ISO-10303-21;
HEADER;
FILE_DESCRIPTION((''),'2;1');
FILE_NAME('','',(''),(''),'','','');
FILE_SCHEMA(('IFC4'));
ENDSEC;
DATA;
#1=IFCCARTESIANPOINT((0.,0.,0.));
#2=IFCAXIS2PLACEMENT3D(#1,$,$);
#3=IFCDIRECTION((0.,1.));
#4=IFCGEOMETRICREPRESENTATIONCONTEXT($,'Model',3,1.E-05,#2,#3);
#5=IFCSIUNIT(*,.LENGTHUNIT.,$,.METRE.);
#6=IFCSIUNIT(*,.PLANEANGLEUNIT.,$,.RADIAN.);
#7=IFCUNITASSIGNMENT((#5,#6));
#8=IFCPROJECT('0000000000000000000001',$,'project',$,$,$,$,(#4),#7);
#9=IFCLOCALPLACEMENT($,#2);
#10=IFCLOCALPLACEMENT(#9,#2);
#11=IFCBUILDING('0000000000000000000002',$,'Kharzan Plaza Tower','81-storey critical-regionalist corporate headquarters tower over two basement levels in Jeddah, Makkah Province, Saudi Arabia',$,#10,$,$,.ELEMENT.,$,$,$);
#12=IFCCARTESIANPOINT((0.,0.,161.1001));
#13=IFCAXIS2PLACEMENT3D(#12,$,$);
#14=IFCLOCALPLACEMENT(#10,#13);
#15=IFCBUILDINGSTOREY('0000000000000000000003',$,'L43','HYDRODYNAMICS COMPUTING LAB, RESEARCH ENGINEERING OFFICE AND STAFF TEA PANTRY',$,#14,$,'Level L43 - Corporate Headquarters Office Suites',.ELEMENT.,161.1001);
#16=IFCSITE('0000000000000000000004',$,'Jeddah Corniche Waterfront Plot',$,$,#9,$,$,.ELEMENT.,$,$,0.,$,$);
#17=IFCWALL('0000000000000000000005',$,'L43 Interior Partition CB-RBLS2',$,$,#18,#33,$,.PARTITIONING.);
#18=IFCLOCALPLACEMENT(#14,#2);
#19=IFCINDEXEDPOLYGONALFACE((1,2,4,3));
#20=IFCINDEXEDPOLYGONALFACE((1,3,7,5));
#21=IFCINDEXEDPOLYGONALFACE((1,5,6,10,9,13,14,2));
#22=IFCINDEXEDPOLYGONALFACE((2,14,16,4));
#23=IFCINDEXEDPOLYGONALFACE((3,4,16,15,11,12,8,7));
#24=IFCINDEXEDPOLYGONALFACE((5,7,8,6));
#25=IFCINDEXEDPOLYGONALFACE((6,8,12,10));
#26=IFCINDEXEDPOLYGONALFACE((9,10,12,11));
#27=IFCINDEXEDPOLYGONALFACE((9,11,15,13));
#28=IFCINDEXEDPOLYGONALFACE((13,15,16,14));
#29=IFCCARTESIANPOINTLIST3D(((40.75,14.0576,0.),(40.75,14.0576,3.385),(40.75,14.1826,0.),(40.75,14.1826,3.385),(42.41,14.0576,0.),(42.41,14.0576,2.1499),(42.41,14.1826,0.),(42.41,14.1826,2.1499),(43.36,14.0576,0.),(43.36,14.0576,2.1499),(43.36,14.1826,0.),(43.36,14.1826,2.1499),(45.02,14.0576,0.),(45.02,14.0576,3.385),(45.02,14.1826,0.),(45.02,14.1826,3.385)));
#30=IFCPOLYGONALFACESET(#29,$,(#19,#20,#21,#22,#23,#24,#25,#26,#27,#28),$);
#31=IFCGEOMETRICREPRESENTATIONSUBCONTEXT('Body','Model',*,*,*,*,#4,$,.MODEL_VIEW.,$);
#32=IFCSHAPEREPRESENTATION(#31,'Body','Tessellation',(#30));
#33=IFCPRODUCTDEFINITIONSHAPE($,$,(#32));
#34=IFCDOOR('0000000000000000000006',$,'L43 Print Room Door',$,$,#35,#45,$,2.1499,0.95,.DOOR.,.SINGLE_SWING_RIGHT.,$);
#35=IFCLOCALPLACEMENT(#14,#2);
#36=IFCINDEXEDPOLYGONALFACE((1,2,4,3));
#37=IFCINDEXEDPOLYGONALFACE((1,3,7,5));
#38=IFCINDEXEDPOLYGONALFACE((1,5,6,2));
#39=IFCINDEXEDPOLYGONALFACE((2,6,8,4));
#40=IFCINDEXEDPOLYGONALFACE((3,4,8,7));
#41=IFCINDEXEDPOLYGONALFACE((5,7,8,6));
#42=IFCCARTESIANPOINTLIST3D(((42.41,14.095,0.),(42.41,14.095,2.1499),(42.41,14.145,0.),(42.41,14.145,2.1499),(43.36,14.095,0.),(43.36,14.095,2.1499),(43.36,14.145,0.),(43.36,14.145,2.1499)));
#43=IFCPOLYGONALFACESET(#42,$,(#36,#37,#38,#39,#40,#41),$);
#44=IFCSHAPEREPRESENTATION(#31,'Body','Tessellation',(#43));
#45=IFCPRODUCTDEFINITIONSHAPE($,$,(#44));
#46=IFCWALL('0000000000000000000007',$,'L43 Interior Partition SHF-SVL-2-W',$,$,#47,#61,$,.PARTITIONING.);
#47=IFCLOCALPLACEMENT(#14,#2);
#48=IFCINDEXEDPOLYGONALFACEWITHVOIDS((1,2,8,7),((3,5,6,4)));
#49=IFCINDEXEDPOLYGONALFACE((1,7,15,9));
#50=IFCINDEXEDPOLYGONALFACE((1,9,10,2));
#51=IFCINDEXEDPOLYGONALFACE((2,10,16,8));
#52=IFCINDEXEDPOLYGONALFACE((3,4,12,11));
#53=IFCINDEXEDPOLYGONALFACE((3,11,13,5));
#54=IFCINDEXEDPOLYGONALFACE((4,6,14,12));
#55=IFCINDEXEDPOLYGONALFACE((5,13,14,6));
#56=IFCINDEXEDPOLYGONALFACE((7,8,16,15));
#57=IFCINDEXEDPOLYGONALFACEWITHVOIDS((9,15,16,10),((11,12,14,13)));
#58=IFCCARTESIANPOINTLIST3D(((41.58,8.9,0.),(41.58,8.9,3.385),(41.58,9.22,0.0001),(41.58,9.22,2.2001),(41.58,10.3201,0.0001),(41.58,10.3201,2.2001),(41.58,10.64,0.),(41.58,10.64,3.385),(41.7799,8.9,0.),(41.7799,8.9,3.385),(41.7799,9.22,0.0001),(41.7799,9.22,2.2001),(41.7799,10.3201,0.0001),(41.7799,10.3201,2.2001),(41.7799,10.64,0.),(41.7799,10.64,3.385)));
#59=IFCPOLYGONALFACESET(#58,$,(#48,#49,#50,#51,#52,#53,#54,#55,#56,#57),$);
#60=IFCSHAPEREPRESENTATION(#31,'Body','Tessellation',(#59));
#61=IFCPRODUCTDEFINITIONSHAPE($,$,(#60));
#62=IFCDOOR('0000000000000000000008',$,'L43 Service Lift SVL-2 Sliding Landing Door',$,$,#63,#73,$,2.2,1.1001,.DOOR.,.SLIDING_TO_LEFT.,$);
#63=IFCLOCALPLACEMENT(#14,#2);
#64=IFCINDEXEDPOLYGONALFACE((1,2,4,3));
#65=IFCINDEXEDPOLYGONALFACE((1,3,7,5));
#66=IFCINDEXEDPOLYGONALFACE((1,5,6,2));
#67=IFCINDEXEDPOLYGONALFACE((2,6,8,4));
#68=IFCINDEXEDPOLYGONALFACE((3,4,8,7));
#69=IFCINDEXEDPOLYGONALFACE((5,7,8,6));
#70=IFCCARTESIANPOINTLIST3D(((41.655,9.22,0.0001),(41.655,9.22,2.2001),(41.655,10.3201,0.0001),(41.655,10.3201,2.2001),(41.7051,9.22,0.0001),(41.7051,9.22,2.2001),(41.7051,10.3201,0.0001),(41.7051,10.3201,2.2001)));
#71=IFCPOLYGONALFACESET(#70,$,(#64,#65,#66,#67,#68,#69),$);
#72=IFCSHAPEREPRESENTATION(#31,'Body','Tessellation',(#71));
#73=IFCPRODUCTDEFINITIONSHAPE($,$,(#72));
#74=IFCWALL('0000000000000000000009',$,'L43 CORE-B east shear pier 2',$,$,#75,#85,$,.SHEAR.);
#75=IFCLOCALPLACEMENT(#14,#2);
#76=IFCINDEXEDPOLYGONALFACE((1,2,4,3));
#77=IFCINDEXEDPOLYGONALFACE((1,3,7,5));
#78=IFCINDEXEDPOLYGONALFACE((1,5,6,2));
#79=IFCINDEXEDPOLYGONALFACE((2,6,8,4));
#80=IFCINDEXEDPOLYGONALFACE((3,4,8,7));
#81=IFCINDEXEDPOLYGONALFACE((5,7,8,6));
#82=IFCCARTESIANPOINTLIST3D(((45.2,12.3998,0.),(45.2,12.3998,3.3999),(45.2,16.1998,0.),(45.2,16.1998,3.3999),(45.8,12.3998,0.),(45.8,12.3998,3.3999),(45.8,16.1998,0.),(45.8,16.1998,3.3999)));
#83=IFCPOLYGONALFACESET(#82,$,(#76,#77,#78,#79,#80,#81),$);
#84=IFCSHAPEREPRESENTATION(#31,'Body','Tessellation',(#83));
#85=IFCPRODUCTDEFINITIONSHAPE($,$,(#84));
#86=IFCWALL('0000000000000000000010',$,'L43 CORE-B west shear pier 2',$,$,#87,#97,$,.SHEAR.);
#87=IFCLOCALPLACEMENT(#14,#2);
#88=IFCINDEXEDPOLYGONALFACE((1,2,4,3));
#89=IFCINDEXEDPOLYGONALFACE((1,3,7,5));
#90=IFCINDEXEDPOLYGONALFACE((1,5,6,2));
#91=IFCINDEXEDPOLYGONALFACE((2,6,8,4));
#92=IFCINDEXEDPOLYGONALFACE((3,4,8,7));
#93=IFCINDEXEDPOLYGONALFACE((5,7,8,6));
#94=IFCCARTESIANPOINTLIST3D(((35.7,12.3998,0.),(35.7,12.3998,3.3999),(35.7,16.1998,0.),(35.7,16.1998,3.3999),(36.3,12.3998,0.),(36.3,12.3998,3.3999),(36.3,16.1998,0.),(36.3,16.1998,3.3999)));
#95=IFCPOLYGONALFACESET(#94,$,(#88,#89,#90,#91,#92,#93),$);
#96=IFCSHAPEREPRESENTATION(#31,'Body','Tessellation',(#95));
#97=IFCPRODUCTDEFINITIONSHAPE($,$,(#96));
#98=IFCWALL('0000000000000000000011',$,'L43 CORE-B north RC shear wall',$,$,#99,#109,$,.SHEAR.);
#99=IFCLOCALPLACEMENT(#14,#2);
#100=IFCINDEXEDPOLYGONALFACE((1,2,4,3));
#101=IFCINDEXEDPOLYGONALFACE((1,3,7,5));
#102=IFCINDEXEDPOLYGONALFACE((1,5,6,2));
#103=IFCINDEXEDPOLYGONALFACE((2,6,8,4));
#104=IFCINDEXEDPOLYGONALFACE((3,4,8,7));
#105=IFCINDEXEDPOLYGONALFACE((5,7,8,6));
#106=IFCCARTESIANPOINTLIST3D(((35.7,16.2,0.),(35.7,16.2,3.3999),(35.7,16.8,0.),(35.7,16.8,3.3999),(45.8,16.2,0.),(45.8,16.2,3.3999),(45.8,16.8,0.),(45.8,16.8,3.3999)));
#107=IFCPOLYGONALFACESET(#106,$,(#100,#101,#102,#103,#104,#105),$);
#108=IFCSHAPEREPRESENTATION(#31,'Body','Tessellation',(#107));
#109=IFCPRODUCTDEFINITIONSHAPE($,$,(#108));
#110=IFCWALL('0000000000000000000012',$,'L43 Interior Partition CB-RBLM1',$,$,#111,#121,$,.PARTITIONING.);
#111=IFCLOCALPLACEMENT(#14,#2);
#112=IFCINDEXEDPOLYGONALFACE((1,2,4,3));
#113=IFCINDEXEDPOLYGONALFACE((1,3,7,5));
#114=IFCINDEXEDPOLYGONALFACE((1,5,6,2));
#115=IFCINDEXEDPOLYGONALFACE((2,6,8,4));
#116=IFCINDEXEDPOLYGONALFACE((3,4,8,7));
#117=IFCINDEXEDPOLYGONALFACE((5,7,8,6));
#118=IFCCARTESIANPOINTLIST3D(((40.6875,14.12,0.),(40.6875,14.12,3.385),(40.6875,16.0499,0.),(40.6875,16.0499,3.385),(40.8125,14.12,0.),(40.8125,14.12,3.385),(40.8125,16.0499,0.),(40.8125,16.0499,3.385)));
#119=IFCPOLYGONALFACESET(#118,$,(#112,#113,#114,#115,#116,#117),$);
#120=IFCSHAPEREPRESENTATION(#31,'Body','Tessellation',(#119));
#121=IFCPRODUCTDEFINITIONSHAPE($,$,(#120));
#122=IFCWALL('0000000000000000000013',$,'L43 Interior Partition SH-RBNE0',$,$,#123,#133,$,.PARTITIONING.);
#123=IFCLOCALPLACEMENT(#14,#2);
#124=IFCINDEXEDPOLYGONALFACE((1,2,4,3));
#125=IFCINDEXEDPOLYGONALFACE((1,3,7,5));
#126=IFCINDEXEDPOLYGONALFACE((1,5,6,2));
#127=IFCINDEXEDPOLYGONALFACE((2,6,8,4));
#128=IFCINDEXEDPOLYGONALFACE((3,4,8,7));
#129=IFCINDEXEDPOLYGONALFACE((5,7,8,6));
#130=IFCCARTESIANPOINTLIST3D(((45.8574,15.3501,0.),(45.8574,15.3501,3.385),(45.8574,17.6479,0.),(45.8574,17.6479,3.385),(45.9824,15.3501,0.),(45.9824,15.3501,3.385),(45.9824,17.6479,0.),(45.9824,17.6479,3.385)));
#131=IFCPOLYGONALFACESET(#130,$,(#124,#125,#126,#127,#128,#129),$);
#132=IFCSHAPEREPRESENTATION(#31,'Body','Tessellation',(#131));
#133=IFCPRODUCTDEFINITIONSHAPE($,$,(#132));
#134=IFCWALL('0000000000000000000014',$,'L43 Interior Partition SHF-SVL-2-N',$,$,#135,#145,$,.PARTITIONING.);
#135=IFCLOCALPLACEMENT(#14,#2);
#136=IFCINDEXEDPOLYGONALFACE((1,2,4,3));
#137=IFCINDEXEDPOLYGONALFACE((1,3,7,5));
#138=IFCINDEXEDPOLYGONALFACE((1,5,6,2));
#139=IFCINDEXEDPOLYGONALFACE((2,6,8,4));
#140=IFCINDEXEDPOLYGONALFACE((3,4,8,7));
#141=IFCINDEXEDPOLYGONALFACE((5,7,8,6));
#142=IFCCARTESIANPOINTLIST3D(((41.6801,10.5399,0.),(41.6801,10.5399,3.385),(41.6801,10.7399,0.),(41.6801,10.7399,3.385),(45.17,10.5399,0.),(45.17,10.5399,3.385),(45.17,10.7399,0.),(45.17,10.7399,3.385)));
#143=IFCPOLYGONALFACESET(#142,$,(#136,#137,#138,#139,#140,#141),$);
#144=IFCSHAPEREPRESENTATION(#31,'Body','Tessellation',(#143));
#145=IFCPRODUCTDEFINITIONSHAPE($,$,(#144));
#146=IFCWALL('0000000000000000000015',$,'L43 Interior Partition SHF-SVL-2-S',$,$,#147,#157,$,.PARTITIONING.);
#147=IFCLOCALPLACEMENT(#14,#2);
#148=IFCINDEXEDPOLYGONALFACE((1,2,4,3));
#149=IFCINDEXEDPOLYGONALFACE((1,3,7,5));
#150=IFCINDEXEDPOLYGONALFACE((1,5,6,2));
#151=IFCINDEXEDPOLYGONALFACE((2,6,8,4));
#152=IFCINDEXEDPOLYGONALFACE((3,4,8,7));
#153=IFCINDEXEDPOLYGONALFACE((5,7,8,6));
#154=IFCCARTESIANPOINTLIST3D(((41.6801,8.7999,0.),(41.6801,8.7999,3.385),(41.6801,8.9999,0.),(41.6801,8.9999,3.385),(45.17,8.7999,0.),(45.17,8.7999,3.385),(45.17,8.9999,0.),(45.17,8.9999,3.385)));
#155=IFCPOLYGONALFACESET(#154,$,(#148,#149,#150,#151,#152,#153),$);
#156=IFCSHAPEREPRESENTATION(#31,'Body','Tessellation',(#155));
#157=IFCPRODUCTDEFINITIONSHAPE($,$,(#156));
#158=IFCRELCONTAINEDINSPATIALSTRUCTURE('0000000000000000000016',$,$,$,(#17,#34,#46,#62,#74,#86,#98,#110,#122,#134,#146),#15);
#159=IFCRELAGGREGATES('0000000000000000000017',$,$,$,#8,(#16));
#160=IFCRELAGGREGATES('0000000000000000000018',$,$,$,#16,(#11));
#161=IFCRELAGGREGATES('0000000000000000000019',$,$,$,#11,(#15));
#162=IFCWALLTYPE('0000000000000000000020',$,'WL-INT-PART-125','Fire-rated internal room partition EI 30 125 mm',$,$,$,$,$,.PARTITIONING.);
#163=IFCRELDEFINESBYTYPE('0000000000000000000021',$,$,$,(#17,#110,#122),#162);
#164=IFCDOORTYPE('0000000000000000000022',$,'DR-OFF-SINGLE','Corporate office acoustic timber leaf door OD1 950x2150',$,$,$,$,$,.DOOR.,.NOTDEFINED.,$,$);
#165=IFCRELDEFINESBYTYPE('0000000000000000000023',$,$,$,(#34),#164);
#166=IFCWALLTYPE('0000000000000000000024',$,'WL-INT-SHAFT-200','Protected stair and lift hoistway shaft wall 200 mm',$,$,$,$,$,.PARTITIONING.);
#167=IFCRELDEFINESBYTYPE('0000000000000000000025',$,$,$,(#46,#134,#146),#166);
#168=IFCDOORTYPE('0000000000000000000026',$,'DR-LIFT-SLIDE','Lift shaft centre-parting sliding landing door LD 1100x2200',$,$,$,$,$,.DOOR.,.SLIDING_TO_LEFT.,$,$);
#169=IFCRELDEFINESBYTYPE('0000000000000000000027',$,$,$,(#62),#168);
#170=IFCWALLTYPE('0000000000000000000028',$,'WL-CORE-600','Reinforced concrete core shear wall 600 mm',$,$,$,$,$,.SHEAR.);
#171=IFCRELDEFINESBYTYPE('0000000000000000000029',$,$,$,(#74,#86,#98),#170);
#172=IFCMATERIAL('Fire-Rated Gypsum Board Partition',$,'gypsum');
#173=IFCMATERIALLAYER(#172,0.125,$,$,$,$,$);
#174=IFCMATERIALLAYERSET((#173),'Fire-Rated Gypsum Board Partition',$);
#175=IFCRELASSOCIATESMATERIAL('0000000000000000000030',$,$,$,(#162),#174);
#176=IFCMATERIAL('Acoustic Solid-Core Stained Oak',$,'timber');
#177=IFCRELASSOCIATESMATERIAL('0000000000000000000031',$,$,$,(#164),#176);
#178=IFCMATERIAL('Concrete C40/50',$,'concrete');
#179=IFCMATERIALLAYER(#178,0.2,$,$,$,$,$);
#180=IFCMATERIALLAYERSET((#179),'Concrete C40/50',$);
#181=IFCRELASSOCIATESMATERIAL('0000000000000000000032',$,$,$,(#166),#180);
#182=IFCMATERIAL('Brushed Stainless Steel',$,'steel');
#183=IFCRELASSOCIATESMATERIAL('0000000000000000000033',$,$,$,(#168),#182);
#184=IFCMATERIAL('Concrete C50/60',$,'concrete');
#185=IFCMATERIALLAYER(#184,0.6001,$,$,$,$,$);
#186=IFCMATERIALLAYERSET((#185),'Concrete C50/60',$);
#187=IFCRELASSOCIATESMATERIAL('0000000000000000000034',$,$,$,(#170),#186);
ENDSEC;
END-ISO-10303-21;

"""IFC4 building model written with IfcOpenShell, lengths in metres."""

from ifc_helpers import new_model, si_unit, direction, frame, frame_2d, origin, place, context, subcontext, project, spatial, rectangle, extrude, source, transform, mapped, material, layer, layer_set, type_object, element, fill, save


model = new_model("IFC4")

# Units and contexts
model_context = context("Model", 3, precision=1e-05, world=origin(), true_north=direction((0.0, 1.0)))
body_context = subcontext(model_context, "Body", "Model", "MODEL_VIEW")
ifc_project = project(units=[si_unit("LENGTHUNIT", "METRE"), si_unit("PLANEANGLEUNIT", "RADIAN")], contexts=[model_context])

# Site, building, storey
site_placement = place(None, origin())
site = spatial("IfcSite", under=ifc_project, at=site_placement, Name="Jeddah Corniche Waterfront Plot", CompositionType="ELEMENT", RefElevation=0.0)
building_placement = place(site_placement, origin())
building = spatial("IfcBuilding", under=site, at=building_placement, Name="Kharzan Plaza Tower", Description="81-storey critical-regionalist corporate headquarters tower over two basement levels in Jeddah, Makkah Province, Saudi Arabia", CompositionType="ELEMENT")
storey_placement = place(building_placement, frame((0.0, 0.0, 161.1001)))
storey = spatial("IfcBuildingStorey", under=building, at=storey_placement, Name="L43", Description="HYDRODYNAMICS COMPUTING LAB, RESEARCH ENGINEERING OFFICE AND STAFF TEA PANTRY", LongName="Level L43 - Corporate Headquarters Office Suites", CompositionType="ELEMENT", Elevation=161.1001)

# Shared definitions
ifc_material_1 = material(Name="Concrete C50/60", Category="concrete")

# Shared definitions
ifc_material_2 = material(Name="Concrete C40/50", Category="concrete")

# Walls, openings, doors
ifc_material_3 = material(Name="Fire-Rated Gypsum Board Partition", Category="gypsum")
ifc_layer_1 = layer(ifc_material_3, 0.125)
ifc_layer_set_1 = layer_set([ifc_layer_1], Name="Fire-Rated Gypsum Board Partition")
wall_type_1 = type_object("IfcWallType", Name="WL-INT-PART-125", Description="Fire-rated internal room partition EI 30 125 mm", PredefinedType="PARTITIONING", material=ifc_layer_set_1)
wall_1_placement = place(storey_placement, frame((40.75, 14.1201, 0.0), z_axis=(0.0, 0.0, 1.0), x_axis=(1.0, 0.0, 0.0)))
wall_1 = element("IfcWall", 1, at=wall_1_placement, inside=storey, type_object=wall_type_1, Name="L43 Interior Partition CB-RBLS2", PredefinedType="PARTITIONING", context=body_context, shape_type="SweptSolid", body=[
    extrude(rectangle(XDim=4.27, YDim=0.125, at=frame_2d((2.135, 0.0))), origin(), (0.0, 0.0, 1.0), 3.385),
])
opening_1_placement = place(wall_1_placement, frame((1.6599, 0.0, 0.0)))
opening_1 = element("IfcOpeningElement", 2, at=opening_1_placement, cuts=wall_1, PredefinedType="OPENING", context=body_context, shape_type="SweptSolid", body=[
    extrude(rectangle(XDim=0.95, YDim=2.1499, at=frame_2d((0.4751, 1.075))), frame((0.0, 0.0725, 0.0), z_axis=(0.0, -1.0, 0.0), x_axis=(1.0, 0.0, 0.0)), (0.0, 0.0, 1.0), 0.145),
])
ifc_material_4 = material(Name="Acoustic Solid-Core Stained Oak", Category="timber")
door_type_1 = type_object("IfcDoorType", Name="DR-OFF-SINGLE", Description="Corporate office acoustic timber leaf door OD1 950x2150", OperationType="NOTDEFINED", PredefinedType="DOOR", material=ifc_material_4)
shared_shape_1 = source(origin(), body_context, "Body", "SweptSolid", [
    extrude(rectangle(XDim=0.95, YDim=2.1499, at=frame_2d((0.4751, 1.075))), frame((0.0, 0.0249, 0.0), z_axis=(0.0, -1.0, 0.0), x_axis=(1.0, 0.0, 0.0)), (0.0, 0.0, 1.0), 0.05),
])
door_1_placement = place(opening_1_placement, origin())
door_1 = element("IfcDoor", 3, at=door_1_placement, inside=storey, type_object=door_type_1, Name="L43 Print Room Door", OperationType="SINGLE_SWING_RIGHT", OverallHeight=2.1499, OverallWidth=0.95, PredefinedType="DOOR", context=body_context, shape_type="MappedRepresentation", body=[
    mapped(shared_shape_1, transform((0.0, 0.0, 0.0), x_axis=(1.0, 0.0, 0.0), y_axis=(0.0, 1.0, 0.0), z_axis=(0.0, 0.0, 1.0))),
])
fill(opening_1, door_1)
ifc_layer_2 = layer(ifc_material_2, 0.2)
ifc_layer_set_2 = layer_set([ifc_layer_2], Name="Concrete C40/50")
wall_type_2 = type_object("IfcWallType", Name="WL-INT-SHAFT-200", Description="Protected stair and lift hoistway shaft wall 200 mm", PredefinedType="PARTITIONING", material=ifc_layer_set_2)
wall_2_placement = place(storey_placement, frame((41.6799, 8.8999, 0.0), z_axis=(0.0, 0.0, 1.0), x_axis=(0.0, 1.0, 0.0)))
wall_2 = element("IfcWall", 4, at=wall_2_placement, inside=storey, type_object=wall_type_2, Name="L43 Interior Partition SHF-SVL-2-W", PredefinedType="PARTITIONING", context=body_context, shape_type="SweptSolid", body=[
    extrude(rectangle(XDim=1.74, YDim=0.2, at=frame_2d((0.8701, 0.0))), origin(), (0.0, 0.0, 1.0), 3.385),
])
opening_2_placement = place(wall_2_placement, frame((0.3201, 0.0, 0.0)))
opening_2 = element("IfcOpeningElement", 5, at=opening_2_placement, cuts=wall_2, PredefinedType="OPENING", context=body_context, shape_type="SweptSolid", body=[
    extrude(rectangle(XDim=1.1001, YDim=2.2, at=frame_2d((0.55, 1.1001))), frame((0.0, 0.1099, 0.0), z_axis=(0.0, -1.0, 0.0), x_axis=(1.0, 0.0, 0.0)), (0.0, 0.0, 1.0), 0.22),
])
ifc_material_5 = material(Name="Brushed Stainless Steel", Category="steel")
door_type_2 = type_object("IfcDoorType", Name="DR-LIFT-SLIDE", Description="Lift shaft centre-parting sliding landing door LD 1100x2200", OperationType="SLIDING_TO_LEFT", PredefinedType="DOOR", material=ifc_material_5)
shared_shape_2 = source(origin(), body_context, "Body", "SweptSolid", [
    extrude(rectangle(XDim=1.1001, YDim=2.2, at=frame_2d((0.55, 1.1001))), frame((0.0, 0.0249, 0.0), z_axis=(0.0, -1.0, 0.0), x_axis=(1.0, 0.0, 0.0)), (0.0, 0.0, 1.0), 0.05),
])
door_2_placement = place(opening_2_placement, origin())
door_2 = element("IfcDoor", 6, at=door_2_placement, inside=storey, type_object=door_type_2, Name="L43 Service Lift SVL-2 Sliding Landing Door", OperationType="SLIDING_TO_LEFT", OverallHeight=2.2, OverallWidth=1.1001, PredefinedType="DOOR", context=body_context, shape_type="MappedRepresentation", body=[
    mapped(shared_shape_2, transform((0.0, 0.0, 0.0), x_axis=(1.0, 0.0, 0.0), y_axis=(0.0, 1.0, 0.0), z_axis=(0.0, 0.0, 1.0))),
])
fill(opening_2, door_2)

# Walls
ifc_layer_3 = layer(ifc_material_1, 0.6001)
ifc_layer_set_3 = layer_set([ifc_layer_3], Name="Concrete C50/60")
wall_type_3 = type_object("IfcWallType", Name="WL-CORE-600", Description="Reinforced concrete core shear wall 600 mm", PredefinedType="SHEAR", material=ifc_layer_set_3)
shared_shape_3 = source(origin(), body_context, "Body", "SweptSolid", [
    extrude(rectangle(XDim=3.8, YDim=0.6001, at=frame_2d((1.8999, 0.0))), origin(), (0.0, 0.0, 1.0), 3.3999),
])
for number, where, z_axis, x_axis, name in (
    (7, (45.5, 12.3999, 0.0), (0.0, 0.0, 1.0), (0.0, 1.0, 0.0), "L43 CORE-B east shear pier 2"),
    (8, (36.0, 12.3999, 0.0), (0.0, 0.0, 1.0), (0.0, 1.0, 0.0), "L43 CORE-B west shear pier 2"),
):
    element("IfcWall", number, at=place(storey_placement, frame(where, z_axis=z_axis, x_axis=x_axis)), inside=storey, type_object=wall_type_3, Name=name, PredefinedType="SHEAR", context=body_context, shape_type="MappedRepresentation", body=[
        mapped(shared_shape_3, transform((0.0, 0.0, 0.0), x_axis=(1.0, 0.0, 0.0), y_axis=(0.0, 1.0, 0.0), z_axis=(0.0, 0.0, 1.0))),
    ])
shared_shape_4 = source(origin(), body_context, "Body", "SweptSolid", [
    extrude(rectangle(XDim=10.1001, YDim=0.6001, at=frame_2d((5.05, 0.0))), origin(), (0.0, 0.0, 1.0), 3.3999),
])
wall_3_placement = place(storey_placement, frame((35.7, 16.5, 0.0), z_axis=(0.0, 0.0, 1.0), x_axis=(1.0, 0.0, 0.0)))
element("IfcWall", 9, at=wall_3_placement, inside=storey, type_object=wall_type_3, Name="L43 CORE-B north RC shear wall", PredefinedType="SHEAR", context=body_context, shape_type="MappedRepresentation", body=[
    mapped(shared_shape_4, transform((0.0, 0.0, 0.0), x_axis=(1.0, 0.0, 0.0), y_axis=(0.0, 1.0, 0.0), z_axis=(0.0, 0.0, 1.0))),
])
shared_shape_5 = source(origin(), body_context, "Body", "SweptSolid", [
    extrude(rectangle(XDim=1.9299, YDim=0.125, at=frame_2d((0.9648, 0.0))), origin(), (0.0, 0.0, 1.0), 3.385),
])
wall_4_placement = place(storey_placement, frame((40.75, 14.1201, 0.0), z_axis=(0.0, 0.0, 1.0), x_axis=(0.0, 1.0, 0.0)))
element("IfcWall", 10, at=wall_4_placement, inside=storey, type_object=wall_type_1, Name="L43 Interior Partition CB-RBLM1", PredefinedType="PARTITIONING", context=body_context, shape_type="MappedRepresentation", body=[
    mapped(shared_shape_5, transform((0.0, 0.0, 0.0), x_axis=(1.0, 0.0, 0.0), y_axis=(0.0, 1.0, 0.0), z_axis=(0.0, 0.0, 1.0))),
])
shared_shape_6 = source(origin(), body_context, "Body", "SweptSolid", [
    extrude(rectangle(XDim=2.2979, YDim=0.125, at=frame_2d((1.1489, 0.0))), origin(), (0.0, 0.0, 1.0), 3.385),
])
wall_5_placement = place(storey_placement, frame((45.9199, 15.3501, 0.0), z_axis=(0.0, 0.0, 1.0), x_axis=(0.0, 1.0, 0.0)))
element("IfcWall", 11, at=wall_5_placement, inside=storey, type_object=wall_type_1, Name="L43 Interior Partition SH-RBNE0", PredefinedType="PARTITIONING", context=body_context, shape_type="MappedRepresentation", body=[
    mapped(shared_shape_6, transform((0.0, 0.0, 0.0), x_axis=(1.0, 0.0, 0.0), y_axis=(0.0, 1.0, 0.0), z_axis=(0.0, 0.0, 1.0))),
])
shared_shape_7 = source(origin(), body_context, "Body", "SweptSolid", [
    extrude(rectangle(XDim=3.49, YDim=0.2, at=frame_2d((1.7451, 0.0))), origin(), (0.0, 0.0, 1.0), 3.385),
])
for number, where, z_axis, x_axis, name in (
    (12, (41.6799, 10.6399, 0.0), (0.0, 0.0, 1.0), (1.0, 0.0, 0.0), "L43 Interior Partition SHF-SVL-2-N"),
    (13, (41.6799, 8.8999, 0.0), (0.0, 0.0, 1.0), (1.0, 0.0, 0.0), "L43 Interior Partition SHF-SVL-2-S"),
):
    element("IfcWall", number, at=place(storey_placement, frame(where, z_axis=z_axis, x_axis=x_axis)), inside=storey, type_object=wall_type_2, Name=name, PredefinedType="PARTITIONING", context=body_context, shape_type="MappedRepresentation", body=[
        mapped(shared_shape_7, transform((0.0, 0.0, 0.0), x_axis=(1.0, 0.0, 0.0), y_axis=(0.0, 1.0, 0.0), z_axis=(0.0, 0.0, 1.0))),
    ])

save(model, "model.ifc")
